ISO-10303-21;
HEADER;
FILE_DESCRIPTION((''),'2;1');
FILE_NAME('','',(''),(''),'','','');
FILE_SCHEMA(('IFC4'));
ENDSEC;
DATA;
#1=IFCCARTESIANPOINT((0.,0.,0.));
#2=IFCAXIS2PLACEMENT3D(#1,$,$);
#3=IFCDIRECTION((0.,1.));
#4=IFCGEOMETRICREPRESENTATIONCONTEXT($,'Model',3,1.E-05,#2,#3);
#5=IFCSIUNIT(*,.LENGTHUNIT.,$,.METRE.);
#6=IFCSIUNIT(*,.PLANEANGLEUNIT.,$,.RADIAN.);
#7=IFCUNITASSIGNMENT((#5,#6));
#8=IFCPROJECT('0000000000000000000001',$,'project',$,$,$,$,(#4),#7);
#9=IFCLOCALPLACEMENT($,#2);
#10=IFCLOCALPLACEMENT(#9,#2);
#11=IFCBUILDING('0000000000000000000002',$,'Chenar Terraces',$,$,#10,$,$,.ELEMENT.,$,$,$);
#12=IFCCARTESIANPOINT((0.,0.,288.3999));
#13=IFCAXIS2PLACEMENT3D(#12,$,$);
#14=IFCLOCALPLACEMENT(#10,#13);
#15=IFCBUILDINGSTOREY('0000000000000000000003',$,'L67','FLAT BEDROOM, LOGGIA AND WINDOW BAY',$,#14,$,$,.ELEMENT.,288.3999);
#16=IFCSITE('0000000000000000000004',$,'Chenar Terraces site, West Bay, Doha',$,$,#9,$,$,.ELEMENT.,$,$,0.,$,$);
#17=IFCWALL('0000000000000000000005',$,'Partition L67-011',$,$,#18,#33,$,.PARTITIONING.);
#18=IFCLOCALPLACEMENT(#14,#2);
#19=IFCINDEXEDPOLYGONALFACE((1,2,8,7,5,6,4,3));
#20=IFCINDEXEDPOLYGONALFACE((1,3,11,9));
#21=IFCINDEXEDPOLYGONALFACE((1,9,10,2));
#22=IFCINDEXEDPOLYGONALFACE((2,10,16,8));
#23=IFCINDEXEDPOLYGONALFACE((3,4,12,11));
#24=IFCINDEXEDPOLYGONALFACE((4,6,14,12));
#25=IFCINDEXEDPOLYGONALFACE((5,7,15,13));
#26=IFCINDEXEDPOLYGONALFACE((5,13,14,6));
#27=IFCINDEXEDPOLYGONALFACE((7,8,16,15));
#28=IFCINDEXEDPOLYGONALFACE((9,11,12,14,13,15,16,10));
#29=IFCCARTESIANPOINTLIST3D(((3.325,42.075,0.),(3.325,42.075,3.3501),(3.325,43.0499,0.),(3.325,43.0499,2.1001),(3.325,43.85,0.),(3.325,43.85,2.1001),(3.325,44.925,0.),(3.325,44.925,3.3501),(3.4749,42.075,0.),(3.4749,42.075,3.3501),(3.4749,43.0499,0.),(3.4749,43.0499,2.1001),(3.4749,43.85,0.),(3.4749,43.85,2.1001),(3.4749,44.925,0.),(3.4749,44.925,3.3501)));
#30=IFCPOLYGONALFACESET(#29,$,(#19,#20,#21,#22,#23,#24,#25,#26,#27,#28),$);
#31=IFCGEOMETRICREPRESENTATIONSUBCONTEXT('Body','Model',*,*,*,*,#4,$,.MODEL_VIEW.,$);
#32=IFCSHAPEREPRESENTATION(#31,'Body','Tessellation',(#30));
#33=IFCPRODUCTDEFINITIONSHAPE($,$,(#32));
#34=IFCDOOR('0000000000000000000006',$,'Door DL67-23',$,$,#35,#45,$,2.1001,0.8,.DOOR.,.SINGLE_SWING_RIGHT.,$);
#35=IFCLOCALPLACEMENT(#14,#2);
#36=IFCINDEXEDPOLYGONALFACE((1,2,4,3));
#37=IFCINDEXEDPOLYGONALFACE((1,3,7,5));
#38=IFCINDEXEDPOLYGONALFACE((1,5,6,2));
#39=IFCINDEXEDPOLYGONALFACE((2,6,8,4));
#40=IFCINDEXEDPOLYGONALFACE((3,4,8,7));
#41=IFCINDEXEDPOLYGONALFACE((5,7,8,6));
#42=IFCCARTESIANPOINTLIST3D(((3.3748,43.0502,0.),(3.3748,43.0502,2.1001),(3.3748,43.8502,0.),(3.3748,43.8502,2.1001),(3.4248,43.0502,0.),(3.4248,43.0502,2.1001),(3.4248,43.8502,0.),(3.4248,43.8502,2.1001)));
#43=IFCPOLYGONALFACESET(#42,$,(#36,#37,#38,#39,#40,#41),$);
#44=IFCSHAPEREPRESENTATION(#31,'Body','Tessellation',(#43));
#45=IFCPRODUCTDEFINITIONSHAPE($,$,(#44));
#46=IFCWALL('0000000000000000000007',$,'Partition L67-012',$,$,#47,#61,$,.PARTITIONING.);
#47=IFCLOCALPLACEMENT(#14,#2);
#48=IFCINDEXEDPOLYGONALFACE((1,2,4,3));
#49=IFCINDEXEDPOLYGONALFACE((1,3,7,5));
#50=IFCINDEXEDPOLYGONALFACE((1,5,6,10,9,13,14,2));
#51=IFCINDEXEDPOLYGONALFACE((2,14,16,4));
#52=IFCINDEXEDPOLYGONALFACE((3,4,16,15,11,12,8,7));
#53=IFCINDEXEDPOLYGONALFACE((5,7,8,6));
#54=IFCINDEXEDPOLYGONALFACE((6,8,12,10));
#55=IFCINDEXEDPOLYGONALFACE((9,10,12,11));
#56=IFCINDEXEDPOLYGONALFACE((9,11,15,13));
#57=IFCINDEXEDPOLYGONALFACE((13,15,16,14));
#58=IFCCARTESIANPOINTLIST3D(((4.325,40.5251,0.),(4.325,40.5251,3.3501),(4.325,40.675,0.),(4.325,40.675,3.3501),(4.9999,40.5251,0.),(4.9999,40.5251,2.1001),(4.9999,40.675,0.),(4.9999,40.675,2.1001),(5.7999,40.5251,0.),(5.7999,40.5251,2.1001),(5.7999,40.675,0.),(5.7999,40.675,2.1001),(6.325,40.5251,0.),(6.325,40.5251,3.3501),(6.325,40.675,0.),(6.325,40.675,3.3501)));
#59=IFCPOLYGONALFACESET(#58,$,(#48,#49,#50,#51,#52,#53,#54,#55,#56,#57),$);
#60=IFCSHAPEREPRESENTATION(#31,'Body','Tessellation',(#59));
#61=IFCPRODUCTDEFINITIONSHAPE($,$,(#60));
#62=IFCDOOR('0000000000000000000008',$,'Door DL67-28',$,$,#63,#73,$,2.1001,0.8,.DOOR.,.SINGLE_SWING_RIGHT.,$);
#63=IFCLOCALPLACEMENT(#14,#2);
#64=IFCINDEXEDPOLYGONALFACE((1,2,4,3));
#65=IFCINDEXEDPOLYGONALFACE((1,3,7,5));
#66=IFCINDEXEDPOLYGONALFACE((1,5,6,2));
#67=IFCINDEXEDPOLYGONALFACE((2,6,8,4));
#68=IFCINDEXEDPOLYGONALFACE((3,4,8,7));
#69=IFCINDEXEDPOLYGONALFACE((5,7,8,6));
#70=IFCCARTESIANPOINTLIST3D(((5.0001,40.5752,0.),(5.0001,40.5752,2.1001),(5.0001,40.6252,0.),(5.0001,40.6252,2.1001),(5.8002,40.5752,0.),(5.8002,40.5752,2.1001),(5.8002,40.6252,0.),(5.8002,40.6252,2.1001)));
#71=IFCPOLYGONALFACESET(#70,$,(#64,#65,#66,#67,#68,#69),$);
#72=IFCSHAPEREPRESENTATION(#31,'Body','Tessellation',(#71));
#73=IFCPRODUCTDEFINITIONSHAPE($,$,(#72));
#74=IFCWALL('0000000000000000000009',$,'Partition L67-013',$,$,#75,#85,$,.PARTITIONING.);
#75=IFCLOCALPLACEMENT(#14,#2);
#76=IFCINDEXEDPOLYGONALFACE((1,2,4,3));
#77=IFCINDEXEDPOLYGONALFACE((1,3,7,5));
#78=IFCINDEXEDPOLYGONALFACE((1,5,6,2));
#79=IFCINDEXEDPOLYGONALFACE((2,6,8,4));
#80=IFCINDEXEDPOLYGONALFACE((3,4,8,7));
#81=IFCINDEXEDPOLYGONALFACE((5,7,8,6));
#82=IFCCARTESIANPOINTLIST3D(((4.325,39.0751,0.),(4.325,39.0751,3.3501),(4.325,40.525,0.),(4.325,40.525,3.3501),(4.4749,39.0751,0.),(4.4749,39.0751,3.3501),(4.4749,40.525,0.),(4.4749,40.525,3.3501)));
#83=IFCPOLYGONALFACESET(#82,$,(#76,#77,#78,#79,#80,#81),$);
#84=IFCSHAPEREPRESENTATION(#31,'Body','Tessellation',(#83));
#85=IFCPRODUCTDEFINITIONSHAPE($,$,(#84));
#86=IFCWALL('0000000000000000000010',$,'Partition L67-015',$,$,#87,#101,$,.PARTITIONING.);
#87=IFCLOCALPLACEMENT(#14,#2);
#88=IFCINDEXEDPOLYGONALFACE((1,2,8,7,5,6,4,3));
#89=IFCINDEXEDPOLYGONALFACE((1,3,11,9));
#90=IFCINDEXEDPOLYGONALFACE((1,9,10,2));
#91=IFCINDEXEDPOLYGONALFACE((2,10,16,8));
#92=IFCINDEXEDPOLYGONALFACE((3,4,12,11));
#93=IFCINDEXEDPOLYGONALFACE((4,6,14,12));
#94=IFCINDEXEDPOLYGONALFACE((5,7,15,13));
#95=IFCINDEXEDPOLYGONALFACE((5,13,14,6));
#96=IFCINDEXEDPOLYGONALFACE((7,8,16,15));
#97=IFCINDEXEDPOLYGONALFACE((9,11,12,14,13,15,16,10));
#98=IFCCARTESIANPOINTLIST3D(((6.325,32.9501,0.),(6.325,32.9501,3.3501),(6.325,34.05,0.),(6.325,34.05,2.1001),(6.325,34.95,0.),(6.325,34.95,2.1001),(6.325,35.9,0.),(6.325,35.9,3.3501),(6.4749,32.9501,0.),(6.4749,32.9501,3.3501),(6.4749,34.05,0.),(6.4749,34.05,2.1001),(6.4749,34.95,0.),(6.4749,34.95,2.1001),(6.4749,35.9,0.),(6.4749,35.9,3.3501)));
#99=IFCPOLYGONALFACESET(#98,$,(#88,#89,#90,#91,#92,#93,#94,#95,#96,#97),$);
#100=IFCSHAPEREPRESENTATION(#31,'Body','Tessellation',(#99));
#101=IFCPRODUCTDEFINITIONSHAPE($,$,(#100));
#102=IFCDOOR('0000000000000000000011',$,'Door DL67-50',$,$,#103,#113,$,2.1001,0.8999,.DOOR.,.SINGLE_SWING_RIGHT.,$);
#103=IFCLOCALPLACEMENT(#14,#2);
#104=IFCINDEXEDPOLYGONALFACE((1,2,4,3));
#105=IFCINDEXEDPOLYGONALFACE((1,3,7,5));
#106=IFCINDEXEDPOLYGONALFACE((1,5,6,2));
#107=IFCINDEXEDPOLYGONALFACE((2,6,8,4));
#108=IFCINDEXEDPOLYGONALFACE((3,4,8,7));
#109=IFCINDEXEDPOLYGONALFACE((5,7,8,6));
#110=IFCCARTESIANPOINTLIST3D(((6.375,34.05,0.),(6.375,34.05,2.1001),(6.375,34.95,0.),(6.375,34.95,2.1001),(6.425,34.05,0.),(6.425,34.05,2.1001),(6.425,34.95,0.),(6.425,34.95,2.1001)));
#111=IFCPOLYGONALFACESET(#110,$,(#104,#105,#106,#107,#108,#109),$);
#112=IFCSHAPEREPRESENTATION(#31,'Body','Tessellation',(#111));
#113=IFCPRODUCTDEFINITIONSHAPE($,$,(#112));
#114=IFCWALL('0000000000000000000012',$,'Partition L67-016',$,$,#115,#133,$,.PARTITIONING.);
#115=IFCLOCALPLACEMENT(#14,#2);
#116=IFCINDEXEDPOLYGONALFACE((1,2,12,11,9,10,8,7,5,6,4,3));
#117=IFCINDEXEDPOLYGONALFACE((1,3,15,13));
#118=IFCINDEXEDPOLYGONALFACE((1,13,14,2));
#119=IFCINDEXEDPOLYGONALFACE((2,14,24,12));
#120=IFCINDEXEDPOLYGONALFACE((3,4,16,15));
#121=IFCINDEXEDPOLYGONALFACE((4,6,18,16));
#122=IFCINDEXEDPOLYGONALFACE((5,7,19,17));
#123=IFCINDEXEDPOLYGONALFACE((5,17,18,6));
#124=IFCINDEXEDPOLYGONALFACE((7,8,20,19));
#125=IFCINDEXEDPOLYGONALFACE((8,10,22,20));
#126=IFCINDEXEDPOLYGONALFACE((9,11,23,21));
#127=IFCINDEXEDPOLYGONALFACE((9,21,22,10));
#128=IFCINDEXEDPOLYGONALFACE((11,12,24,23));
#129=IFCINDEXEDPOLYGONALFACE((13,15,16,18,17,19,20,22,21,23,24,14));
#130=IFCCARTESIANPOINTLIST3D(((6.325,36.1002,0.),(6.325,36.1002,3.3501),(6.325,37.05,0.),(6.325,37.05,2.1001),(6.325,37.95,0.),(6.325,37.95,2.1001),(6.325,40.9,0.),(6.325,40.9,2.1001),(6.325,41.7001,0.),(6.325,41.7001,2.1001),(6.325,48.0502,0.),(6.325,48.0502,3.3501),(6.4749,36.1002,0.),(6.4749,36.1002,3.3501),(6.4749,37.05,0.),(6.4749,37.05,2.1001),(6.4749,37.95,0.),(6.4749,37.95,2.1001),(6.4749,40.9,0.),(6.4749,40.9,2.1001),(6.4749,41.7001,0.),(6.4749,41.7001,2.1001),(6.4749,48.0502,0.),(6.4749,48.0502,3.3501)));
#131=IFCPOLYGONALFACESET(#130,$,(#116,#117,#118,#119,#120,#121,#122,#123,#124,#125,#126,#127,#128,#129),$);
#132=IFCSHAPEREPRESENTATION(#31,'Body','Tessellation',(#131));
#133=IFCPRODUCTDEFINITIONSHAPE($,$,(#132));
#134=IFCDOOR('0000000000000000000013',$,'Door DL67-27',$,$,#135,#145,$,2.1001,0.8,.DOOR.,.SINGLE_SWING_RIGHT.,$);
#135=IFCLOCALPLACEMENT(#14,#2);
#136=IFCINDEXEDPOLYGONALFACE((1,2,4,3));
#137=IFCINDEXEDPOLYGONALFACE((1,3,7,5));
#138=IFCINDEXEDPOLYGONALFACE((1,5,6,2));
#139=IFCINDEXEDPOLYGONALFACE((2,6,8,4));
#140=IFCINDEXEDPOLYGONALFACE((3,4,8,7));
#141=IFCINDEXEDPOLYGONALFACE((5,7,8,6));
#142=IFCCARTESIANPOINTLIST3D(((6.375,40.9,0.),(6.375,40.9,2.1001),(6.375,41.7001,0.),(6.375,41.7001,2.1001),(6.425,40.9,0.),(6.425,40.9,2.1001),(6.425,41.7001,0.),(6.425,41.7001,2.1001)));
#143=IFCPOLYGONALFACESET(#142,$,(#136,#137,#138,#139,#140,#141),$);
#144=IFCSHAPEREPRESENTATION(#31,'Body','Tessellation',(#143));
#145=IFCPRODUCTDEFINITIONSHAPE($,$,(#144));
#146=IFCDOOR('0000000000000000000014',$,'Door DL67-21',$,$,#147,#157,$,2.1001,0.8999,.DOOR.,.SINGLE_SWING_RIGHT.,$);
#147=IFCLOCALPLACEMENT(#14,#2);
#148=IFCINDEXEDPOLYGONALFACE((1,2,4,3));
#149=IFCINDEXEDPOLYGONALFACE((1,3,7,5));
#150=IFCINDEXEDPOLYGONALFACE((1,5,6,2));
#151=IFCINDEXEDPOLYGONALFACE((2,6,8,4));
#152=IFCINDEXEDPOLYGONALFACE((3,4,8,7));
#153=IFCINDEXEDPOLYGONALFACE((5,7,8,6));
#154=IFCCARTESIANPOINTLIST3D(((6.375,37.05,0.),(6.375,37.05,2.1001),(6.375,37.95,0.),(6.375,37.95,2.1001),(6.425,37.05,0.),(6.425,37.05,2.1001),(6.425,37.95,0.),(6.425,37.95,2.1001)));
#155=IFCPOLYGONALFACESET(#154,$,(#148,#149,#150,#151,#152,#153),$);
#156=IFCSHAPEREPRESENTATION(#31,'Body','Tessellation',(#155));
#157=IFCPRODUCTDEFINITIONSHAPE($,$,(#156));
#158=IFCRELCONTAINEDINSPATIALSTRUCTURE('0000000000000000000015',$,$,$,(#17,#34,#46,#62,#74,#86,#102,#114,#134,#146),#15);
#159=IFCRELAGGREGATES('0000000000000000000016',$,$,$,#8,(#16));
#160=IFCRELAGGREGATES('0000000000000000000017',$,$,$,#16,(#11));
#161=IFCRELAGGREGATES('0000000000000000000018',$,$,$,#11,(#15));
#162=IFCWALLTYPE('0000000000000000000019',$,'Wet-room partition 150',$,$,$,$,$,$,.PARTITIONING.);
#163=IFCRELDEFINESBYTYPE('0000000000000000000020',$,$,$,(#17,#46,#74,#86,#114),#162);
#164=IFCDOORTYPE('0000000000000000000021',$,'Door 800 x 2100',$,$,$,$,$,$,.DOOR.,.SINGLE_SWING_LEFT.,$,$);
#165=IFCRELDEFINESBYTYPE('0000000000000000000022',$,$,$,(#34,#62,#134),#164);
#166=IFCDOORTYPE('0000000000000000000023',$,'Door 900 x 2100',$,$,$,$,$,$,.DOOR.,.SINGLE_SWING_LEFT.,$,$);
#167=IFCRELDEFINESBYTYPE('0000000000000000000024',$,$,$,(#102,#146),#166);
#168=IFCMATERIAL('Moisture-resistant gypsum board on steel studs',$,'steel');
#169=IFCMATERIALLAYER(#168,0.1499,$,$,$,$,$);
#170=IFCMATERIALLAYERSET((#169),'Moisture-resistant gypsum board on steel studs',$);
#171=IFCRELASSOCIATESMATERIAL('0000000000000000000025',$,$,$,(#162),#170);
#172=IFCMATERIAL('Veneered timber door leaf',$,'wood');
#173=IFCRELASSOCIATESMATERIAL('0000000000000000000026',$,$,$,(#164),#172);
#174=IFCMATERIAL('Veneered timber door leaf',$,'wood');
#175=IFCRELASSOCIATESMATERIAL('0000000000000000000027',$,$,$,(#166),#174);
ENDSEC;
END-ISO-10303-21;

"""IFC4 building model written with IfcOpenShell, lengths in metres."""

from ifc_helpers import new_model, si_unit, direction, frame, frame_2d, origin, place, context, subcontext, project, spatial, rectangle, extrude, material, layer, layer_set, type_object, element, fill, save


model = new_model("IFC4")

# Units and contexts
model_context = context("Model", 3, precision=1e-05, world=origin(), true_north=direction((0.0, 1.0)))
body_context = subcontext(model_context, "Body", "Model", "MODEL_VIEW")
ifc_project = project(units=[si_unit("LENGTHUNIT", "METRE"), si_unit("PLANEANGLEUNIT", "RADIAN")], contexts=[model_context])

# Site, building, storey
site_placement = place(None, origin())
site = spatial("IfcSite", under=ifc_project, at=site_placement, Name="Chenar Terraces site, West Bay, Doha", CompositionType="ELEMENT", RefElevation=0.0)
building_placement = place(site_placement, origin())
building = spatial("IfcBuilding", under=site, at=building_placement, Name="Chenar Terraces", CompositionType="ELEMENT")
storey_placement = place(building_placement, frame((0.0, 0.0, 288.3999)))
storey = spatial("IfcBuildingStorey", under=building, at=storey_placement, Name="L67", Description="FLAT BEDROOM, LOGGIA AND WINDOW BAY", CompositionType="ELEMENT", Elevation=288.3999)

# Shared definitions
ifc_material_1 = material(Name="Moisture-resistant gypsum board on steel studs", Category="steel")
ifc_layer_1 = layer(ifc_material_1, 0.1499)
ifc_layer_set_1 = layer_set([ifc_layer_1], Name="Moisture-resistant gypsum board on steel studs")
wall_type_1 = type_object("IfcWallType", Name="Wet-room partition 150", PredefinedType="PARTITIONING", material=ifc_layer_set_1)

# Walls, openings, doors
wall_1_placement = place(storey_placement, frame((3.3999, 42.075, 0.0), z_axis=(0.0, 0.0, 1.0), x_axis=(0.0, 1.0, 0.0)))
wall_1 = element("IfcWall", 1, at=wall_1_placement, inside=storey, type_object=wall_type_1, Name="Partition L67-011", PredefinedType="PARTITIONING", context=body_context, shape_type="SweptSolid", body=[
    extrude(rectangle(XDim=2.8501, YDim=0.1499, at=frame_2d((1.425, 0.0))), origin(), (0.0, 0.0, 1.0), 3.3501),
])
opening_1_placement = place(wall_1_placement, frame((0.9751, 0.0, 0.0)))
opening_1 = element("IfcOpeningElement", 2, at=opening_1_placement, cuts=wall_1, PredefinedType="OPENING", context=body_context, shape_type="SweptSolid", body=[
    extrude(rectangle(XDim=0.8, YDim=2.1001, at=frame_2d((0.3999, 1.05))), frame((0.0, 0.085, 0.0), z_axis=(0.0, -1.0, 0.0), x_axis=(1.0, 0.0, 0.0)), (0.0, 0.0, 1.0), 0.1699),
])
ifc_material_2 = material(Name="Veneered timber door leaf", Category="wood")
door_type_1 = type_object("IfcDoorType", Name="Door 800 x 2100", OperationType="SINGLE_SWING_LEFT", PredefinedType="DOOR", material=ifc_material_2)
door_1_placement = place(opening_1_placement, frame((0.8, 0.0, 0.0), z_axis=(0.0, 0.0, 1.0), x_axis=(-1.0, 0.0, 0.0)))
door_1 = element("IfcDoor", 3, at=door_1_placement, inside=storey, type_object=door_type_1, Name="Door DL67-23", OperationType="SINGLE_SWING_RIGHT", OverallHeight=2.1001, OverallWidth=0.8, PredefinedType="DOOR", context=body_context, shape_type="SweptSolid", body=[
    extrude(rectangle(XDim=0.8, YDim=2.1001, at=frame_2d((0.3999, 1.05))), frame((0.0, 0.0249, 0.0), z_axis=(0.0, -1.0, 0.0), x_axis=(1.0, 0.0, 0.0)), (0.0, 0.0, 1.0), 0.05),
])
fill(opening_1, door_1)
wall_2_placement = place(storey_placement, frame((4.325, 40.6001, 0.0), z_axis=(0.0, 0.0, 1.0), x_axis=(1.0, 0.0, 0.0)))
wall_2 = element("IfcWall", 4, at=wall_2_placement, inside=storey, type_object=wall_type_1, Name="Partition L67-012", PredefinedType="PARTITIONING", context=body_context, shape_type="SweptSolid", body=[
    extrude(rectangle(XDim=2.0, YDim=0.1499, at=frame_2d((1.0, 0.0))), origin(), (0.0, 0.0, 1.0), 3.3501),
])
opening_2_placement = place(wall_2_placement, frame((0.675, 0.0, 0.0)))
opening_2 = element("IfcOpeningElement", 5, at=opening_2_placement, cuts=wall_2, PredefinedType="OPENING", context=body_context, shape_type="SweptSolid", body=[
    extrude(rectangle(XDim=0.8, YDim=2.1001, at=frame_2d((0.3999, 1.05))), frame((0.0, 0.085, 0.0), z_axis=(0.0, -1.0, 0.0), x_axis=(1.0, 0.0, 0.0)), (0.0, 0.0, 1.0), 0.1699),
])
door_2_placement = place(opening_2_placement, frame((0.8, 0.0, 0.0), z_axis=(0.0, 0.0, 1.0), x_axis=(-1.0, 0.0, 0.0)))
door_2 = element("IfcDoor", 6, at=door_2_placement, inside=storey, type_object=door_type_1, Name="Door DL67-28", OperationType="SINGLE_SWING_RIGHT", OverallHeight=2.1001, OverallWidth=0.8, PredefinedType="DOOR", context=body_context, shape_type="SweptSolid", body=[
    extrude(rectangle(XDim=0.8, YDim=2.1001, at=frame_2d((0.3999, 1.05))), frame((0.0, 0.0249, 0.0), z_axis=(0.0, -1.0, 0.0), x_axis=(1.0, 0.0, 0.0)), (0.0, 0.0, 1.0), 0.05),
])
fill(opening_2, door_2)

# Wall
wall_3_placement = place(storey_placement, frame((4.3999, 39.075, 0.0), z_axis=(0.0, 0.0, 1.0), x_axis=(0.0, 1.0, 0.0)))
element("IfcWall", 7, at=wall_3_placement, inside=storey, type_object=wall_type_1, Name="Partition L67-013", PredefinedType="PARTITIONING", context=body_context, shape_type="SweptSolid", body=[
    extrude(rectangle(XDim=1.45, YDim=0.1499, at=frame_2d((0.7251, 0.0))), origin(), (0.0, 0.0, 1.0), 3.3501),
])

# Wall, opening, door
wall_4_placement = place(storey_placement, frame((6.3999, 32.95, 0.0), z_axis=(0.0, 0.0, 1.0), x_axis=(0.0, 1.0, 0.0)))
wall_4 = element("IfcWall", 8, at=wall_4_placement, inside=storey, type_object=wall_type_1, Name="Partition L67-015", PredefinedType="PARTITIONING", context=body_context, shape_type="SweptSolid", body=[
    extrude(rectangle(XDim=2.95, YDim=0.1499, at=frame_2d((1.4751, 0.0))), origin(), (0.0, 0.0, 1.0), 3.3501),
])
opening_3_placement = place(wall_4_placement, frame((1.1001, 0.0, 0.0)))
opening_3 = element("IfcOpeningElement", 9, at=opening_3_placement, cuts=wall_4, PredefinedType="OPENING", context=body_context, shape_type="SweptSolid", body=[
    extrude(rectangle(XDim=0.8999, YDim=2.1001, at=frame_2d((0.45, 1.05))), frame((0.0, 0.085, 0.0), z_axis=(0.0, -1.0, 0.0), x_axis=(1.0, 0.0, 0.0)), (0.0, 0.0, 1.0), 0.1699),
])
ifc_material_3 = material(Name="Veneered timber door leaf", Category="wood")
door_type_2 = type_object("IfcDoorType", Name="Door 900 x 2100", OperationType="SINGLE_SWING_LEFT", PredefinedType="DOOR", material=ifc_material_3)
door_3_placement = place(opening_3_placement, origin())
door_3 = element("IfcDoor", 10, at=door_3_placement, inside=storey, type_object=door_type_2, Name="Door DL67-50", OperationType="SINGLE_SWING_RIGHT", OverallHeight=2.1001, OverallWidth=0.8999, PredefinedType="DOOR", context=body_context, shape_type="SweptSolid", body=[
    extrude(rectangle(XDim=0.8999, YDim=2.1001, at=frame_2d((0.45, 1.05))), frame((0.0, 0.0249, 0.0), z_axis=(0.0, -1.0, 0.0), x_axis=(1.0, 0.0, 0.0)), (0.0, 0.0, 1.0), 0.05),
])
fill(opening_3, door_3)

# Wall, openings, doors
wall_5_placement = place(storey_placement, frame((6.3999, 36.1001, 0.0), z_axis=(0.0, 0.0, 1.0), x_axis=(0.0, 1.0, 0.0)))
wall_5 = element("IfcWall", 11, at=wall_5_placement, inside=storey, type_object=wall_type_1, Name="Partition L67-016", PredefinedType="PARTITIONING", context=body_context, shape_type="SweptSolid", body=[
    extrude(rectangle(XDim=11.95, YDim=0.1499, at=frame_2d((5.9751, 0.0))), origin(), (0.0, 0.0, 1.0), 3.3501),
])
opening_4_placement = place(wall_5_placement, frame((0.95, 0.0, 0.0)))
opening_4 = element("IfcOpeningElement", 12, at=opening_4_placement, cuts=wall_5, PredefinedType="OPENING", context=body_context, shape_type="SweptSolid", body=[
    extrude(rectangle(XDim=0.8999, YDim=2.1001, at=frame_2d((0.45, 1.05))), frame((0.0, 0.085, 0.0), z_axis=(0.0, -1.0, 0.0), x_axis=(1.0, 0.0, 0.0)), (0.0, 0.0, 1.0), 0.1699),
])
opening_5_placement = place(wall_5_placement, frame((4.8, 0.0, 0.0)))
opening_5 = element("IfcOpeningElement", 13, at=opening_5_placement, cuts=wall_5, PredefinedType="OPENING", context=body_context, shape_type="SweptSolid", body=[
    extrude(rectangle(XDim=0.8, YDim=2.1001, at=frame_2d((0.3999, 1.05))), frame((0.0, 0.085, 0.0), z_axis=(0.0, -1.0, 0.0), x_axis=(1.0, 0.0, 0.0)), (0.0, 0.0, 1.0), 0.1699),
])
door_4_placement = place(opening_5_placement, origin())
door_4 = element("IfcDoor", 14, at=door_4_placement, inside=storey, type_object=door_type_1, Name="Door DL67-27", OperationType="SINGLE_SWING_RIGHT", OverallHeight=2.1001, OverallWidth=0.8, PredefinedType="DOOR", context=body_context, shape_type="SweptSolid", body=[
    extrude(rectangle(XDim=0.8, YDim=2.1001, at=frame_2d((0.3999, 1.05))), frame((0.0, 0.0249, 0.0), z_axis=(0.0, -1.0, 0.0), x_axis=(1.0, 0.0, 0.0)), (0.0, 0.0, 1.0), 0.05),
])
fill(opening_5, door_4)
door_5_placement = place(opening_4_placement, origin())
door_5 = element("IfcDoor", 15, at=door_5_placement, inside=storey, type_object=door_type_2, Name="Door DL67-21", OperationType="SINGLE_SWING_RIGHT", OverallHeight=2.1001, OverallWidth=0.8999, PredefinedType="DOOR", context=body_context, shape_type="SweptSolid", body=[
    extrude(rectangle(XDim=0.8999, YDim=2.1001, at=frame_2d((0.45, 1.05))), frame((0.0, 0.0249, 0.0), z_axis=(0.0, -1.0, 0.0), x_axis=(1.0, 0.0, 0.0)), (0.0, 0.0, 1.0), 0.05),
])
fill(opening_4, door_5)

save(model, "model.ifc")
